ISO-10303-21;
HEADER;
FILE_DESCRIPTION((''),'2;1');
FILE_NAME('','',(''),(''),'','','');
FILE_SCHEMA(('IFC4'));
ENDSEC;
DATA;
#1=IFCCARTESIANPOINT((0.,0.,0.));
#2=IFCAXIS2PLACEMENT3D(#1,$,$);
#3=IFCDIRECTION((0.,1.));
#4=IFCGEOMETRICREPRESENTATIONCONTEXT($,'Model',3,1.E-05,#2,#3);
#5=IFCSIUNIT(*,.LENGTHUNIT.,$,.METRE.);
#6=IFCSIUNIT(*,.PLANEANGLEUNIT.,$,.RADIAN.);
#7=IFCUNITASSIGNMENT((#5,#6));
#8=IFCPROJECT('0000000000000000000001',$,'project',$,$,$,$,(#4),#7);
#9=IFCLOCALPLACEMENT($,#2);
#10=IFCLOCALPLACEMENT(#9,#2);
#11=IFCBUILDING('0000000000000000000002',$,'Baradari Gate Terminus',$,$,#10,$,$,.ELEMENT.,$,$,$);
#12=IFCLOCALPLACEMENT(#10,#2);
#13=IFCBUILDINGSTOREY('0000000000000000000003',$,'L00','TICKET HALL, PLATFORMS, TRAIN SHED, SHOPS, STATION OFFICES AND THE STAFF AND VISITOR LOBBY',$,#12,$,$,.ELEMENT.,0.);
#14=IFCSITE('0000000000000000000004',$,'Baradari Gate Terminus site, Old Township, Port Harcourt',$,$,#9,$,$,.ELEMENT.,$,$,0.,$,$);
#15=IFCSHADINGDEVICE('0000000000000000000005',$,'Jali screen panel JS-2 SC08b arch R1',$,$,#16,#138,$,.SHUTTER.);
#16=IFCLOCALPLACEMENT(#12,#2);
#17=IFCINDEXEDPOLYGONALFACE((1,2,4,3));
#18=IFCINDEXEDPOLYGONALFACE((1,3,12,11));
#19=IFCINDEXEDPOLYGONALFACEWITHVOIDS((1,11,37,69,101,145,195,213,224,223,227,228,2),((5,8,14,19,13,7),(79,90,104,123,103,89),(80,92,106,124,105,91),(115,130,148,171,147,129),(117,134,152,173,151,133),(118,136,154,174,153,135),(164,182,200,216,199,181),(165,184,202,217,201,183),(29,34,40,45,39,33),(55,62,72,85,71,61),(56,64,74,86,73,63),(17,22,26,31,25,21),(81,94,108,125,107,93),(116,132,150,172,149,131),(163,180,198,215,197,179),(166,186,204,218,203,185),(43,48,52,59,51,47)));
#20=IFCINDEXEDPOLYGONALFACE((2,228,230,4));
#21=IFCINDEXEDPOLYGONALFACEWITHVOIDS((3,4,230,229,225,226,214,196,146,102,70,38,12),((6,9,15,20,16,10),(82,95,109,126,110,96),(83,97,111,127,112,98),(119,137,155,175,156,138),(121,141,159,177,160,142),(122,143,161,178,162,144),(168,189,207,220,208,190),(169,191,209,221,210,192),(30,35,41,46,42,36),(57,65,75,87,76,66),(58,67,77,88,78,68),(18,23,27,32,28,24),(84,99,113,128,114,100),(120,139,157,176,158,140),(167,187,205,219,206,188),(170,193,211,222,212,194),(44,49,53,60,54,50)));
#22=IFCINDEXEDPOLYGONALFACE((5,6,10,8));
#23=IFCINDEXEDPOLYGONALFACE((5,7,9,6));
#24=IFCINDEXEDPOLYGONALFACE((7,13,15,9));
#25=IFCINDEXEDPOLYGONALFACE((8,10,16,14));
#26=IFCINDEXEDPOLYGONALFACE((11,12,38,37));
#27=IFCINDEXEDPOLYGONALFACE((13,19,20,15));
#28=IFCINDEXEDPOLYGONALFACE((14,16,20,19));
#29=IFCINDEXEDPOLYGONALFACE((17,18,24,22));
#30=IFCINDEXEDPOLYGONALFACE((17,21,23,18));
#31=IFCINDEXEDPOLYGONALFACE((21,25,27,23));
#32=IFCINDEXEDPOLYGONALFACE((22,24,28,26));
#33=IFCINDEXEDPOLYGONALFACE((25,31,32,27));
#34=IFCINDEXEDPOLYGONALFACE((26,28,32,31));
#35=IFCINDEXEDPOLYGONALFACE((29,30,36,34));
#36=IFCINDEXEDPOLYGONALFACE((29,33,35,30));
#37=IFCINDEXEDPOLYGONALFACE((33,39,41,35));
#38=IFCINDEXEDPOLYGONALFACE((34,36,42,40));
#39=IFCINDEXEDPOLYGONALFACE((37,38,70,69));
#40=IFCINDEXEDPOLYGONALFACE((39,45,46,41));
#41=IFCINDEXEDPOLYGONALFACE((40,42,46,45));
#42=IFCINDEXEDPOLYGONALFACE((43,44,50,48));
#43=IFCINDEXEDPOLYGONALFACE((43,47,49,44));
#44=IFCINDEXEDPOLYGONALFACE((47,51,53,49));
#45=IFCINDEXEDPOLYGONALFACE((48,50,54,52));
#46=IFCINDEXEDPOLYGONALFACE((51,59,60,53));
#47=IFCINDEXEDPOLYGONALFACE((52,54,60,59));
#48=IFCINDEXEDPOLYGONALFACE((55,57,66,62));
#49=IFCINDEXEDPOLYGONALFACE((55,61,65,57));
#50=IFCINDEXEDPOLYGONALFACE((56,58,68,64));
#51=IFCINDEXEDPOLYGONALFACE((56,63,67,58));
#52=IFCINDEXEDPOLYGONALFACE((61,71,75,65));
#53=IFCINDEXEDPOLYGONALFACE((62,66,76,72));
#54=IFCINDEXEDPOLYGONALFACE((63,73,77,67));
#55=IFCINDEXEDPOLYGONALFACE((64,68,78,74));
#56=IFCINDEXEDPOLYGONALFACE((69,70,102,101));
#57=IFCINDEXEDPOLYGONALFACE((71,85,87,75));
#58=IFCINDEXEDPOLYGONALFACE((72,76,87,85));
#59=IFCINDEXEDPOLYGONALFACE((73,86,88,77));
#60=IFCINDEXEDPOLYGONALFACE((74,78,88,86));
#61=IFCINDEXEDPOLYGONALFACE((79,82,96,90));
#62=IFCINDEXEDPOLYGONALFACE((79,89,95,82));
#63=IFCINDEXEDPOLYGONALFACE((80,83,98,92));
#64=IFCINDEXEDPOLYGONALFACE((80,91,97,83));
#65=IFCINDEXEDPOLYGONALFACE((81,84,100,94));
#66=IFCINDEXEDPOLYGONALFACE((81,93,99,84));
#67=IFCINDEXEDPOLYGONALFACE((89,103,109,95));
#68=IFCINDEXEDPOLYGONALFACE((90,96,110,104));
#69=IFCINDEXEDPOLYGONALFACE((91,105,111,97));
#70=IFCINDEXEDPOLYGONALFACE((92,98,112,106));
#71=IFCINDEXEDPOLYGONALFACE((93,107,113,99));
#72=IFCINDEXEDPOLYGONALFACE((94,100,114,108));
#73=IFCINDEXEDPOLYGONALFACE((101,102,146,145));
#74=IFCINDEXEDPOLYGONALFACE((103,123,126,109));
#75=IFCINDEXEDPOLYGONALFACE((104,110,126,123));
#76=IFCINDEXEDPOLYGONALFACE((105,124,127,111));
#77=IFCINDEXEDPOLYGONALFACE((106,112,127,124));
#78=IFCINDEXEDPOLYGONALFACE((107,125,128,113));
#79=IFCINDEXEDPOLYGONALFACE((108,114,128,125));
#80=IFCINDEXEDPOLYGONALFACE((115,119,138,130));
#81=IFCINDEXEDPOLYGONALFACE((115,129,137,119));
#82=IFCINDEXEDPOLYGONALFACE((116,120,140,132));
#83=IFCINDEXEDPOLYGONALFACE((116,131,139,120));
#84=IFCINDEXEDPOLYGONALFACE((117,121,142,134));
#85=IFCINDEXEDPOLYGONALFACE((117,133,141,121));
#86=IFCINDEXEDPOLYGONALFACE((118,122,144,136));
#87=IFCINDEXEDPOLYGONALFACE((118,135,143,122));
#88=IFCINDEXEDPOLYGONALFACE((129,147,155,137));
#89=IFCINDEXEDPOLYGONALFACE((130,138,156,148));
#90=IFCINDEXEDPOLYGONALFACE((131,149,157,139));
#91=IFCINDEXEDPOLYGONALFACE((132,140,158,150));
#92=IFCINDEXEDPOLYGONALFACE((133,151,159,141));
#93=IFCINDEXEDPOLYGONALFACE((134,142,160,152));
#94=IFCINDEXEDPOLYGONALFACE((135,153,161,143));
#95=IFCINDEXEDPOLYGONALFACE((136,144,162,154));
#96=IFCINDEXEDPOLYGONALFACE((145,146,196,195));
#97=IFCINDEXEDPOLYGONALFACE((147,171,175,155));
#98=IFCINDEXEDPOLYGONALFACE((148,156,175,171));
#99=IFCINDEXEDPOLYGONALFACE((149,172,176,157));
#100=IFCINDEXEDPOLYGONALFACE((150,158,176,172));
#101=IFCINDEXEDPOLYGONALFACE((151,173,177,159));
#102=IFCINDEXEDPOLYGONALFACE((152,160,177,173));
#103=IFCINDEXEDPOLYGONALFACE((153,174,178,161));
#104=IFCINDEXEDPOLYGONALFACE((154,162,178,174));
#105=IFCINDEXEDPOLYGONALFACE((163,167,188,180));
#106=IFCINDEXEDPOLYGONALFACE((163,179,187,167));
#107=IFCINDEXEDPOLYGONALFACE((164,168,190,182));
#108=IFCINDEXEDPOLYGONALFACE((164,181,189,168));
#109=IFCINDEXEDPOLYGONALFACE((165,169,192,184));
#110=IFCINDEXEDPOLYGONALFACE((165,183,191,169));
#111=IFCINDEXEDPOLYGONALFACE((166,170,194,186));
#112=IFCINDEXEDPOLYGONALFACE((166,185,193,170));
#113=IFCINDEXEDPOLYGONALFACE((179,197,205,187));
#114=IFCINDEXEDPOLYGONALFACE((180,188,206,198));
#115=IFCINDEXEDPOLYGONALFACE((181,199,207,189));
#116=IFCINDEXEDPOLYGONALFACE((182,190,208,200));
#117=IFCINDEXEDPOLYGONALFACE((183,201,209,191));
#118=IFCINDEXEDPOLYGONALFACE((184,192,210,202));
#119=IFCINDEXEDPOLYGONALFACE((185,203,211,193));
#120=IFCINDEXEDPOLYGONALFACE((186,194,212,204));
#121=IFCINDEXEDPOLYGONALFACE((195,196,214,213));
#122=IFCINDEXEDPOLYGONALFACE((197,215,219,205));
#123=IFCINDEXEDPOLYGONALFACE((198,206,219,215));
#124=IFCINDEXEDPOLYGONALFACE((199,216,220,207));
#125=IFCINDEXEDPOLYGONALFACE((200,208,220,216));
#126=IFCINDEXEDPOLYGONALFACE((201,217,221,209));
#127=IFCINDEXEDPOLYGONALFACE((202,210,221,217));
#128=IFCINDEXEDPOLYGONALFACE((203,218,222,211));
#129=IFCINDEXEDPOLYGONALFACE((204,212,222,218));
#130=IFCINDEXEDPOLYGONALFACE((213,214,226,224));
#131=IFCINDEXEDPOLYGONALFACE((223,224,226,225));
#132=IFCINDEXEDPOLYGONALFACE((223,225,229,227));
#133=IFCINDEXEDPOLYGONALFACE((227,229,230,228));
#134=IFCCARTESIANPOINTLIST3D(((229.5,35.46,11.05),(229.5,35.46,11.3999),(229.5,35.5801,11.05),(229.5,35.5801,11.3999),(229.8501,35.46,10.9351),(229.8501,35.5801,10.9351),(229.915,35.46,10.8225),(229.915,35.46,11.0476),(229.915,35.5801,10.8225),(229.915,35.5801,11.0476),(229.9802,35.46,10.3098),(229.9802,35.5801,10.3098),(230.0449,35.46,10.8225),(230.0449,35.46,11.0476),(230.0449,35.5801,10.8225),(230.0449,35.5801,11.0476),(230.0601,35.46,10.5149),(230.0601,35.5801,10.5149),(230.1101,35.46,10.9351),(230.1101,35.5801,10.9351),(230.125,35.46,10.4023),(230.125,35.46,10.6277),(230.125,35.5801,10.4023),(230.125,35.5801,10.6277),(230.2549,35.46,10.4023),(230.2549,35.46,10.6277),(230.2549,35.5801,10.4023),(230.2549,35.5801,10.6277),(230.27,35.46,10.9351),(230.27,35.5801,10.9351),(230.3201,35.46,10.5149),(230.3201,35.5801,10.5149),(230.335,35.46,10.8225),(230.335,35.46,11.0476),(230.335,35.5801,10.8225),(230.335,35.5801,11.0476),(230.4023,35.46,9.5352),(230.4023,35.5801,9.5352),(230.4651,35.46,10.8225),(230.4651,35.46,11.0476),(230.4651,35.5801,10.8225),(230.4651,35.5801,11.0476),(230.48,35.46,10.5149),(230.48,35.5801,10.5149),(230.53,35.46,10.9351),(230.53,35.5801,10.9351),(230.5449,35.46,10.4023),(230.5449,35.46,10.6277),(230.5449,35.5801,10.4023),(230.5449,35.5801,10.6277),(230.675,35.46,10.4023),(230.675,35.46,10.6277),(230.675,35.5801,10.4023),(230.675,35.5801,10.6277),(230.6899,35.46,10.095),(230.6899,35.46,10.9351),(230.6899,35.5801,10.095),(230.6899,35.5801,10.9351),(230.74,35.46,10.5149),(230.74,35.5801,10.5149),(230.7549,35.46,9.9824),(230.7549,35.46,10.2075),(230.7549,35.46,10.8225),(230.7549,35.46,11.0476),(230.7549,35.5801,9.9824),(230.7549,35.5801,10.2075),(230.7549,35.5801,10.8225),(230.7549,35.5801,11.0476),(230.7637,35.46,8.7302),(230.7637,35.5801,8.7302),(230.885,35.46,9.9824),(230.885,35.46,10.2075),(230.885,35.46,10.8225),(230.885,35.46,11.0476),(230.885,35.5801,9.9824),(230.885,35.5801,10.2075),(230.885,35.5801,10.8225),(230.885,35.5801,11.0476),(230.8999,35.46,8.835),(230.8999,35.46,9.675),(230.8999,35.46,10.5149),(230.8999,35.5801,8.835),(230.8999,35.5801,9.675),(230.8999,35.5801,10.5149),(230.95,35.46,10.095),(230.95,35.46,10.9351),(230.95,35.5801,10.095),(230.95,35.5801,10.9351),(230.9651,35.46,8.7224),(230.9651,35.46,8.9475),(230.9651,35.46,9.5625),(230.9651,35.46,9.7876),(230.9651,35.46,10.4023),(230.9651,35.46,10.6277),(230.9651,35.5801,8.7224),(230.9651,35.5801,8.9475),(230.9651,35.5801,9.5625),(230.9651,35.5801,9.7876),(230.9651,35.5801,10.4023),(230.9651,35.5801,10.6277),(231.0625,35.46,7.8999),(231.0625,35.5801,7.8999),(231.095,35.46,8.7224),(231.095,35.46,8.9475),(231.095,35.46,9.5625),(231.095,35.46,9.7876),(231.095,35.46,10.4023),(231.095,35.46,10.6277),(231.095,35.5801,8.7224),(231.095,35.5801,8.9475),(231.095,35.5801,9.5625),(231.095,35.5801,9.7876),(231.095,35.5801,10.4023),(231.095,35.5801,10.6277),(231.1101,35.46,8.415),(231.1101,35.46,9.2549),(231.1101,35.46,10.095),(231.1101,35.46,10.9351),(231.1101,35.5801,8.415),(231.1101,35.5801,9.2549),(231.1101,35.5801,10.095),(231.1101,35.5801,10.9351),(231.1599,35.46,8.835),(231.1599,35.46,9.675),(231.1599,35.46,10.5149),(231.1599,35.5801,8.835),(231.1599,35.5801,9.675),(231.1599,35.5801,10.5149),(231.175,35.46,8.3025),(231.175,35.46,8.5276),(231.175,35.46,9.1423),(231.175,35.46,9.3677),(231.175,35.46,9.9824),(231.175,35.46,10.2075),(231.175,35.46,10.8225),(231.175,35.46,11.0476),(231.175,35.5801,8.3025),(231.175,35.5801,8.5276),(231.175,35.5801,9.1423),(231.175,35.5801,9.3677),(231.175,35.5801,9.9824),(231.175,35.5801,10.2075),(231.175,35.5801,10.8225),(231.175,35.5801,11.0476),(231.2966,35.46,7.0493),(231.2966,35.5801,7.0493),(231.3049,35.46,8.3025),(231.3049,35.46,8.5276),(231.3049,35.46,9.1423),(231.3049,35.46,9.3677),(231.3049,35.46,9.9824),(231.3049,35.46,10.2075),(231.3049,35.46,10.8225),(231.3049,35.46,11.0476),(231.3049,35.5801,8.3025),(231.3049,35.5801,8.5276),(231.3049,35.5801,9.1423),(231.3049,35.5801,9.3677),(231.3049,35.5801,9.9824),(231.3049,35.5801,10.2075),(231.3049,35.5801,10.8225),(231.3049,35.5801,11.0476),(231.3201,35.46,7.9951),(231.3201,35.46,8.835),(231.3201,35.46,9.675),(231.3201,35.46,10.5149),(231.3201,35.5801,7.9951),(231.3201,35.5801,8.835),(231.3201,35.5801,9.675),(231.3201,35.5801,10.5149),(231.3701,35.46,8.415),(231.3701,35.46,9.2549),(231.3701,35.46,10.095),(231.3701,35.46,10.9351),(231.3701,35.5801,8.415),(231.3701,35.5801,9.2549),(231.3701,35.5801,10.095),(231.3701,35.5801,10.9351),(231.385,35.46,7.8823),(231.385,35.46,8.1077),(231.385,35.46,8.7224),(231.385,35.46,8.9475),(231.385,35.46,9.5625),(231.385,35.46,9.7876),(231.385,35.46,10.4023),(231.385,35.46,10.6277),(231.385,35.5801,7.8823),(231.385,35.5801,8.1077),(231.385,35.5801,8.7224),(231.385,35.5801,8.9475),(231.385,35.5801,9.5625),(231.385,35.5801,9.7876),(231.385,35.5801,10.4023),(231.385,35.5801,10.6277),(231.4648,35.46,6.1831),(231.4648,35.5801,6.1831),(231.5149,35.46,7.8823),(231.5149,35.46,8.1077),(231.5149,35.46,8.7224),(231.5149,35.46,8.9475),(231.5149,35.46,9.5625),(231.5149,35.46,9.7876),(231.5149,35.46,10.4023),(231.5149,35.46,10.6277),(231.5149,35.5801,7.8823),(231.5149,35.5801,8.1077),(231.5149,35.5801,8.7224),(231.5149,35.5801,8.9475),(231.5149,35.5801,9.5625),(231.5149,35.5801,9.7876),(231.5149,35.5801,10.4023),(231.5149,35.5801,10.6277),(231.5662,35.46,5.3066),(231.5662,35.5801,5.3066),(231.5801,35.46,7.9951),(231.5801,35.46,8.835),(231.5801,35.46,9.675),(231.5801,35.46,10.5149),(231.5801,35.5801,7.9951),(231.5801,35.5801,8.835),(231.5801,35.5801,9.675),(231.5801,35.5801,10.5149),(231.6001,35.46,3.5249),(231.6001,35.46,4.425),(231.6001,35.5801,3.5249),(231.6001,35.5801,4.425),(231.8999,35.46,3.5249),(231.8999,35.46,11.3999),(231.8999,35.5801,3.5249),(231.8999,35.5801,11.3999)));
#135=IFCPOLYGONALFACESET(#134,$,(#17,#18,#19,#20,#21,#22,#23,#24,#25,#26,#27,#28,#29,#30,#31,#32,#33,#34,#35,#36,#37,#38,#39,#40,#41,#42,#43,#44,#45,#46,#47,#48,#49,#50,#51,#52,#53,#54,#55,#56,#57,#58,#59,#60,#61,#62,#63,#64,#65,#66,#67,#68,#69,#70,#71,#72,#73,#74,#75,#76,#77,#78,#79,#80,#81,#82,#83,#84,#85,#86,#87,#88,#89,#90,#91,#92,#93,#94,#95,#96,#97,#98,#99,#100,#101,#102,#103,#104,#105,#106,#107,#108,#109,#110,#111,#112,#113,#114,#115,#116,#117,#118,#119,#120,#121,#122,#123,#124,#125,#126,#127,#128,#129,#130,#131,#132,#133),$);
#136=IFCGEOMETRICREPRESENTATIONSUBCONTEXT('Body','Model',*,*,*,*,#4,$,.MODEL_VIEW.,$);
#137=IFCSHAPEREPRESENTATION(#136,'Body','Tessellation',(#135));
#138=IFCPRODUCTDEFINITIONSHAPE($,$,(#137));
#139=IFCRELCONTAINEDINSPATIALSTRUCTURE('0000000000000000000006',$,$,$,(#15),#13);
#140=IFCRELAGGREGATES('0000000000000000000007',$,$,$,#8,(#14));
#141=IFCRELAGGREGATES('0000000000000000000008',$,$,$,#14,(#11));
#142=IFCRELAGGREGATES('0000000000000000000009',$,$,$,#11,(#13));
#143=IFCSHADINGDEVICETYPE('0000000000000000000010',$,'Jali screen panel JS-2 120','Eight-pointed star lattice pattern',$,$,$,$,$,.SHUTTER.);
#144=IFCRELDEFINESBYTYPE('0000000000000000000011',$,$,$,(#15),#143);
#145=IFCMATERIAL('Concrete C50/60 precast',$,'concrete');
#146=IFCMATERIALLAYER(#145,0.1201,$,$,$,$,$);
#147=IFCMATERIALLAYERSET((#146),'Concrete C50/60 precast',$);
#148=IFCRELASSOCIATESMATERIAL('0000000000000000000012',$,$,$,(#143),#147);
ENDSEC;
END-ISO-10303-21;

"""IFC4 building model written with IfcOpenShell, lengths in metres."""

from ifc_helpers import new_model, si_unit, direction, frame, origin, place, context, subcontext, project, spatial, polyline, outline, extrude, material, layer, layer_set, type_object, element, save


model = new_model("IFC4")

# Units and contexts
model_context = context("Model", 3, precision=1e-05, world=origin(), true_north=direction((0.0, 1.0)))
body_context = subcontext(model_context, "Body", "Model", "MODEL_VIEW")
ifc_project = project(units=[si_unit("LENGTHUNIT", "METRE"), si_unit("PLANEANGLEUNIT", "RADIAN")], contexts=[model_context])

# Site, building, storey
site_placement = place(None, origin())
site = spatial("IfcSite", under=ifc_project, at=site_placement, Name="Baradari Gate Terminus site, Old Township, Port Harcourt", CompositionType="ELEMENT", RefElevation=0.0)
building_placement = place(site_placement, origin())
building = spatial("IfcBuilding", under=site, at=building_placement, Name="Baradari Gate Terminus", CompositionType="ELEMENT")
storey_placement = place(building_placement, origin())
storey = spatial("IfcBuildingStorey", under=building, at=storey_placement, Name="L00", Description="TICKET HALL, PLATFORMS, TRAIN SHED, SHOPS, STATION OFFICES AND THE STAFF AND VISITOR LOBBY", CompositionType="ELEMENT", Elevation=0.0)

# Shading device
ifc_material_1 = material(Name="Concrete C50/60 precast", Category="concrete")
ifc_layer_1 = layer(ifc_material_1, 0.1201)
ifc_layer_set_1 = layer_set([ifc_layer_1], Name="Concrete C50/60 precast")
shading_device_type = type_object("IfcShadingDeviceType", Name="Jali screen panel JS-2 120", Description="Eight-pointed star lattice pattern", PredefinedType="SHUTTER", material=ifc_layer_set_1)
shading_device_1_placement = place(storey_placement, frame((229.5, 35.52, 3.5249), z_axis=(0.0, 0.0, 1.0), x_axis=(1.0, 0.0, 0.0)))
element("IfcShadingDevice", 1, at=shading_device_1_placement, inside=storey, type_object=shading_device_type, Name="Jali screen panel JS-2 SC08b arch R1", PredefinedType="SHUTTER", context=body_context, shape_type="SweptSolid", body=[
    extrude(outline(polyline([(0.0, 7.875), (0.0, 7.5251), (0.4802, 6.7849), (0.9023, 6.0103), (1.2637, 5.2053), (1.5625, 4.375), (1.7966, 3.5244), (1.9648, 2.6582), (2.0662, 1.7817), (2.1001, 0.9001), (2.1001, 0.0), (2.3999, 0.0), (2.3999, 7.875), (0.0, 7.875)]), holes=[polyline([(2.0801, 4.4702), (2.0149, 4.3574), (1.885, 4.3574), (1.8201, 4.4702), (1.885, 4.5828), (2.0149, 4.5828), (2.0801, 4.4702)]), polyline([(1.8701, 4.8901), (1.8049, 4.7776), (1.675, 4.7776), (1.6101, 4.8901), (1.675, 5.0027), (1.8049, 5.0027), (1.8701, 4.8901)]), polyline([(1.6599, 5.3101), (1.595, 5.1975), (1.4651, 5.1975), (1.3999, 5.3101), (1.4651, 5.4226), (1.595, 5.4226), (1.6599, 5.3101)]), polyline([(2.0801, 5.3101), (2.0149, 5.1975), (1.885, 5.1975), (1.8201, 5.3101), (1.885, 5.4226), (2.0149, 5.4226), (2.0801, 5.3101)]), polyline([(1.8701, 5.73), (1.8049, 5.6174), (1.675, 5.6174), (1.6101, 5.73), (1.675, 5.8428), (1.8049, 5.8428), (1.8701, 5.73)]), polyline([(1.6599, 6.1501), (1.595, 6.0376), (1.4651, 6.0376), (1.3999, 6.1501), (1.4651, 6.2627), (1.595, 6.2627), (1.6599, 6.1501)]), polyline([(2.0801, 6.1501), (2.0149, 6.0376), (1.885, 6.0376), (1.8201, 6.1501), (1.885, 6.2627), (2.0149, 6.2627), (2.0801, 6.1501)]), polyline([(1.45, 6.5701), (1.385, 6.4575), (1.2549, 6.4575), (1.1899, 6.5701), (1.2549, 6.6826), (1.385, 6.6826), (1.45, 6.5701)]), polyline([(1.8701, 6.5701), (1.8049, 6.4575), (1.675, 6.4575), (1.6101, 6.5701), (1.675, 6.6826), (1.8049, 6.6826), (1.8701, 6.5701)]), polyline([(0.8201, 6.99), (0.7549, 6.8774), (0.625, 6.8774), (0.5601, 6.99), (0.625, 7.1028), (0.7549, 7.1028), (0.8201, 6.99)]), polyline([(1.24, 6.99), (1.175, 6.8774), (1.0449, 6.8774), (0.98, 6.99), (1.0449, 7.1028), (1.175, 7.1028), (1.24, 6.99)]), polyline([(1.6599, 6.99), (1.595, 6.8774), (1.4651, 6.8774), (1.3999, 6.99), (1.4651, 7.1028), (1.595, 7.1028), (1.6599, 6.99)]), polyline([(2.0801, 6.99), (2.0149, 6.8774), (1.885, 6.8774), (1.8201, 6.99), (1.885, 7.1028), (2.0149, 7.1028), (2.0801, 6.99)]), polyline([(0.6101, 7.4102), (0.5449, 7.2976), (0.415, 7.2976), (0.3501, 7.4102), (0.415, 7.5227), (0.5449, 7.5227), (0.6101, 7.4102)]), polyline([(1.03, 7.4102), (0.9651, 7.2976), (0.835, 7.2976), (0.77, 7.4102), (0.835, 7.5227), (0.9651, 7.5227), (1.03, 7.4102)]), polyline([(1.45, 7.4102), (1.385, 7.2976), (1.2549, 7.2976), (1.1899, 7.4102), (1.2549, 7.5227), (1.385, 7.5227), (1.45, 7.4102)]), polyline([(1.8701, 7.4102), (1.8049, 7.2976), (1.675, 7.2976), (1.6101, 7.4102), (1.675, 7.5227), (1.8049, 7.5227), (1.8701, 7.4102)])]), frame((0.0, 0.0601, 0.0), z_axis=(0.0, -1.0, 0.0), x_axis=(1.0, 0.0, 0.0)), (0.0, 0.0, 1.0), 0.1201),
])

save(model, "model.ifc")
